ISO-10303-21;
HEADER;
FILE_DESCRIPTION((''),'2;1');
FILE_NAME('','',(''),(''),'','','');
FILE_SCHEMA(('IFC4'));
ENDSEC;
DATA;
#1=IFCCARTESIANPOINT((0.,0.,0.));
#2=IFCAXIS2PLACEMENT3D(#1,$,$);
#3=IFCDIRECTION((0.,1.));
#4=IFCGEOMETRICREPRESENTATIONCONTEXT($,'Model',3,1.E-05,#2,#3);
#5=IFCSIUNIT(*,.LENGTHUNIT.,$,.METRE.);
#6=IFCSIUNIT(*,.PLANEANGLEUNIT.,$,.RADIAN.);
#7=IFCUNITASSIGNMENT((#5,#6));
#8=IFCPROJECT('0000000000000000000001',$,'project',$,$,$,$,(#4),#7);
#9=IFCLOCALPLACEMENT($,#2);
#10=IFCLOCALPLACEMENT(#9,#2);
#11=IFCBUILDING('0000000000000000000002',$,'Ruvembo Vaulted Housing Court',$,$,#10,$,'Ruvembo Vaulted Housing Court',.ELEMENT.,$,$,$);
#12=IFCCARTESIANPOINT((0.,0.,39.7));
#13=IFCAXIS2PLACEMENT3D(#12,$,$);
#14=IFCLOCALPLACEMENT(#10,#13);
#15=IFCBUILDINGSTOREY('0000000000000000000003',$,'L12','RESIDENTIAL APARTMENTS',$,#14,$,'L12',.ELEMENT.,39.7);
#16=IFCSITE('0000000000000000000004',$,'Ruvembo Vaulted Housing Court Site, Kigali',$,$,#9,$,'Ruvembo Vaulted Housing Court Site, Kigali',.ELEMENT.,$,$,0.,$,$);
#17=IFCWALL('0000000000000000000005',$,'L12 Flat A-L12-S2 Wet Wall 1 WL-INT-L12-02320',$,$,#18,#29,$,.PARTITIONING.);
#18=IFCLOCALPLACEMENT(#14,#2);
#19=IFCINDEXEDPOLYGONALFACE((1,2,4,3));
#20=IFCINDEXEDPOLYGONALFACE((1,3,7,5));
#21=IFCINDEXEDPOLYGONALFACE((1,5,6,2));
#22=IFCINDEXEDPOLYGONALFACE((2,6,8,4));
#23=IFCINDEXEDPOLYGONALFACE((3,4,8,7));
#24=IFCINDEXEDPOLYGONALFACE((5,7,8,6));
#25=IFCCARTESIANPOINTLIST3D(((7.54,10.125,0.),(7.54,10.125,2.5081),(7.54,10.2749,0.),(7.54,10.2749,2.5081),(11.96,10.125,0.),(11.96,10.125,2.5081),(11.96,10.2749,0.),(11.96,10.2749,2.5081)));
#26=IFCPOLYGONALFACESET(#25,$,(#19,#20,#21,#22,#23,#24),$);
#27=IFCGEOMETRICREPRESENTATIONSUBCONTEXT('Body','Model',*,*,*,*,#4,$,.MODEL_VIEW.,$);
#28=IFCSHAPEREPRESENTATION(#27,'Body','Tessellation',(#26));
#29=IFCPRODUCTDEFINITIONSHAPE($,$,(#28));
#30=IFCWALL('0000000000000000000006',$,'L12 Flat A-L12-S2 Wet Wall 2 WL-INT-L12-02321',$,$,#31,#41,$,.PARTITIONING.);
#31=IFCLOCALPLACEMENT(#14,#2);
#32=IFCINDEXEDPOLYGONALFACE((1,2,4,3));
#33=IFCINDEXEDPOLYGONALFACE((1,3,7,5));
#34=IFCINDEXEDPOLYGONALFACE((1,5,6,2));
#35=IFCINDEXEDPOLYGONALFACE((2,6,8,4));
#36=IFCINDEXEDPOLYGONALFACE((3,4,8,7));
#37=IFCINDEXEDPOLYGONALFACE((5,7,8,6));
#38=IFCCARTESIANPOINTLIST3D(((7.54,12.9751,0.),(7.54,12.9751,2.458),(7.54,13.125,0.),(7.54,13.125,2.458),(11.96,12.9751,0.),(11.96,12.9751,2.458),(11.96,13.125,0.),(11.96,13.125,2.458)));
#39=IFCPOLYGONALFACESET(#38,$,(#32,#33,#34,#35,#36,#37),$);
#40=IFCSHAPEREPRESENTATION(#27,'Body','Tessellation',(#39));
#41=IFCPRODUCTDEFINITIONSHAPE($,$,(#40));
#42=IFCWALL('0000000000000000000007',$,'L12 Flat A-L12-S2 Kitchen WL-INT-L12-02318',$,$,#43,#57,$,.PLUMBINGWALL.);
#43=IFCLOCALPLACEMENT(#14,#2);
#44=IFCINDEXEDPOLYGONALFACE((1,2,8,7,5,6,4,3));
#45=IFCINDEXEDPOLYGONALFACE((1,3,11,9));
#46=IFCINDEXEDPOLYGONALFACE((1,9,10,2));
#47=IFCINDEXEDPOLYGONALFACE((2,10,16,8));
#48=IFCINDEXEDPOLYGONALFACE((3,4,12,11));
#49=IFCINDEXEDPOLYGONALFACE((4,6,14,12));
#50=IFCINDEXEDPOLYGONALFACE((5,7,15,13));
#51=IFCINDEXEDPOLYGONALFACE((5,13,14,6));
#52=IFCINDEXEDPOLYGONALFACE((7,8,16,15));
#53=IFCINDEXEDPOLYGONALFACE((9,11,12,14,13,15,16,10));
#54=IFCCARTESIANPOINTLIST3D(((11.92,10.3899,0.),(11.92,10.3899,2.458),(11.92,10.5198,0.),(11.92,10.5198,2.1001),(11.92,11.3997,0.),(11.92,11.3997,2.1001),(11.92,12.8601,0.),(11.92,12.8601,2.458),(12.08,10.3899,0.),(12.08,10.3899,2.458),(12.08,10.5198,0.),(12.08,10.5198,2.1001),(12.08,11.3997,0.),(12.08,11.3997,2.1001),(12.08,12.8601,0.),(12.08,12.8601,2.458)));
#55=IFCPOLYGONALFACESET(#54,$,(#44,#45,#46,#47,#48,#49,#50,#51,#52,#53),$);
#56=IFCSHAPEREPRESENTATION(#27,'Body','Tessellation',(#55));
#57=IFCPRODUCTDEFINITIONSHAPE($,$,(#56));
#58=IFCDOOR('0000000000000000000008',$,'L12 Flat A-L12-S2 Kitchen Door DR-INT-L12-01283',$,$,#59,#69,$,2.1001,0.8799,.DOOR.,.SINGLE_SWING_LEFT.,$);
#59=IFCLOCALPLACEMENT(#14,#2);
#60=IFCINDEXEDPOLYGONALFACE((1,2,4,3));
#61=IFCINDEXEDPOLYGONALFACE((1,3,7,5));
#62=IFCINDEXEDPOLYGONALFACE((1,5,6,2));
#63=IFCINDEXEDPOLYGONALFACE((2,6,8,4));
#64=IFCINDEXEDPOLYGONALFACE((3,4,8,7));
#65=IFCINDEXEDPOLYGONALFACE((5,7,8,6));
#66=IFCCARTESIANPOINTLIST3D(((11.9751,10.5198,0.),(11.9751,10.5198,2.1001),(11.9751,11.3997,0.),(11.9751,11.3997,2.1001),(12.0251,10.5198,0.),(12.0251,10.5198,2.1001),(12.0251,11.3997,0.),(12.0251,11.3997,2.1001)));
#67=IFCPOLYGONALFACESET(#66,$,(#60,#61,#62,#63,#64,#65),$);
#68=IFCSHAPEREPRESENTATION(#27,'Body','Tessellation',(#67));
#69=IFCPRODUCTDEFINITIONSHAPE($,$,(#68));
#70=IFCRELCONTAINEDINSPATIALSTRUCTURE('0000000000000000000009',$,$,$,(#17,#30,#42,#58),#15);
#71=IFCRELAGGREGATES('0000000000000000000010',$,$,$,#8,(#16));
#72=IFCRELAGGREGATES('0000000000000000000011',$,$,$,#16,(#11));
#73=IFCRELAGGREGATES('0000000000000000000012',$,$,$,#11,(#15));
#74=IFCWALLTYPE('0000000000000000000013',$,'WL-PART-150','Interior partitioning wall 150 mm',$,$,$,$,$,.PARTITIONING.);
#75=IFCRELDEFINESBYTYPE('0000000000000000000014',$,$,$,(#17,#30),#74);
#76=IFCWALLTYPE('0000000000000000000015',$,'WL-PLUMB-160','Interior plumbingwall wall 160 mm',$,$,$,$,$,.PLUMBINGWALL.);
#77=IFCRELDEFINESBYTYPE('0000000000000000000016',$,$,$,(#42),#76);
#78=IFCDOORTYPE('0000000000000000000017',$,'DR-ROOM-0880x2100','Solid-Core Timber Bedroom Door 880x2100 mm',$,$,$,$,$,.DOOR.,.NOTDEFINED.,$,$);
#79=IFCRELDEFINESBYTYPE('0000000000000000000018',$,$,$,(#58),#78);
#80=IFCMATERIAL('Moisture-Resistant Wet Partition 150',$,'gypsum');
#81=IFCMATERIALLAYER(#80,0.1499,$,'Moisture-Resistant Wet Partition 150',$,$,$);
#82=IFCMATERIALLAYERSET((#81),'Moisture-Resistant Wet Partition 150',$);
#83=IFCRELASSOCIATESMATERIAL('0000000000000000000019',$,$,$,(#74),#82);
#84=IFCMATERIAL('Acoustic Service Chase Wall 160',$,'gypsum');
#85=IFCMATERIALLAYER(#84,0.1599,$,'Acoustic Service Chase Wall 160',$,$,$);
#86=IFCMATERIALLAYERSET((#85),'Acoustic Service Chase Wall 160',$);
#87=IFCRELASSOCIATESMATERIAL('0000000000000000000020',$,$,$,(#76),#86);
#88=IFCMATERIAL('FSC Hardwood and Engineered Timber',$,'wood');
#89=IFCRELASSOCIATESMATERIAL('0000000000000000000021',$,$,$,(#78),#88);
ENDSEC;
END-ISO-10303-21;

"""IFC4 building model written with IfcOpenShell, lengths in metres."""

from ifc_helpers import new_model, si_unit, direction, frame, frame_2d, origin, place, context, subcontext, project, spatial, rectangle, extrude, material, layer, layer_set, type_object, element, fill, save


model = new_model("IFC4")

# Units and contexts
model_context = context("Model", 3, precision=1e-05, world=origin(), true_north=direction((0.0, 1.0)))
body_context = subcontext(model_context, "Body", "Model", "MODEL_VIEW")
ifc_project = project(units=[si_unit("LENGTHUNIT", "METRE"), si_unit("PLANEANGLEUNIT", "RADIAN")], contexts=[model_context])

# Site, building, storey
site_placement = place(None, origin())
site = spatial("IfcSite", under=ifc_project, at=site_placement, Name="Ruvembo Vaulted Housing Court Site, Kigali", LongName="Ruvembo Vaulted Housing Court Site, Kigali", CompositionType="ELEMENT", RefElevation=0.0)
building_placement = place(site_placement, origin())
building = spatial("IfcBuilding", under=site, at=building_placement, Name="Ruvembo Vaulted Housing Court", LongName="Ruvembo Vaulted Housing Court", CompositionType="ELEMENT")
storey_placement = place(building_placement, frame((0.0, 0.0, 39.7)))
storey = spatial("IfcBuildingStorey", under=building, at=storey_placement, Name="L12", Description="RESIDENTIAL APARTMENTS", LongName="L12", CompositionType="ELEMENT", Elevation=39.7)

# Shared definitions
ifc_material_1 = material(Name="FSC Hardwood and Engineered Timber", Category="wood")

# Shared definitions
ifc_material_2 = material(Name="Moisture-Resistant Wet Partition 150", Category="gypsum")
ifc_layer_1 = layer(ifc_material_2, 0.1499, Name="Moisture-Resistant Wet Partition 150")
ifc_layer_set_1 = layer_set([ifc_layer_1], Name="Moisture-Resistant Wet Partition 150")
wall_type_1 = type_object("IfcWallType", Name="WL-PART-150", Description="Interior partitioning wall 150 mm", PredefinedType="PARTITIONING", material=ifc_layer_set_1)

# Walls
wall_1_placement = place(storey_placement, frame((7.54, 10.2, 0.0), z_axis=(0.0, 0.0, 1.0), x_axis=(1.0, 0.0, 0.0)))
element("IfcWall", 1, at=wall_1_placement, inside=storey, type_object=wall_type_1, Name="L12 Flat A-L12-S2 Wet Wall 1 WL-INT-L12-02320", PredefinedType="PARTITIONING", context=body_context, shape_type="SweptSolid", body=[
    extrude(rectangle(XDim=4.4199, YDim=0.1499, at=frame_2d((2.21, 0.0))), origin(), (0.0, 0.0, 1.0), 2.5081),
])
wall_2_placement = place(storey_placement, frame((7.54, 13.05, 0.0), z_axis=(0.0, 0.0, 1.0), x_axis=(1.0, 0.0, 0.0)))
element("IfcWall", 2, at=wall_2_placement, inside=storey, type_object=wall_type_1, Name="L12 Flat A-L12-S2 Wet Wall 2 WL-INT-L12-02321", PredefinedType="PARTITIONING", context=body_context, shape_type="SweptSolid", body=[
    extrude(rectangle(XDim=4.4199, YDim=0.1499, at=frame_2d((2.21, 0.0))), origin(), (0.0, 0.0, 1.0), 2.458),
])

# Wall, opening, door
ifc_material_3 = material(Name="Acoustic Service Chase Wall 160", Category="gypsum")
ifc_layer_2 = layer(ifc_material_3, 0.1599, Name="Acoustic Service Chase Wall 160")
ifc_layer_set_2 = layer_set([ifc_layer_2], Name="Acoustic Service Chase Wall 160")
wall_type_2 = type_object("IfcWallType", Name="WL-PLUMB-160", Description="Interior plumbingwall wall 160 mm", PredefinedType="PLUMBINGWALL", material=ifc_layer_set_2)
wall_3_placement = place(storey_placement, frame((12.0, 10.3899, 0.0), z_axis=(0.0, 0.0, 1.0), x_axis=(0.0, 1.0, 0.0)))
wall_3 = element("IfcWall", 3, at=wall_3_placement, inside=storey, type_object=wall_type_2, Name="L12 Flat A-L12-S2 Kitchen WL-INT-L12-02318", PredefinedType="PLUMBINGWALL", context=body_context, shape_type="SweptSolid", body=[
    extrude(rectangle(XDim=2.4702, YDim=0.1599, at=frame_2d((1.2351, 0.0))), origin(), (0.0, 0.0, 1.0), 2.458),
])
opening_1_placement = place(wall_3_placement, frame((0.1299, 0.0, 0.0)))
opening_1 = element("IfcOpeningElement", 4, at=opening_1_placement, cuts=wall_3, PredefinedType="OPENING", context=body_context, shape_type="SweptSolid", body=[
    extrude(rectangle(XDim=0.8799, YDim=2.1001, at=frame_2d((0.4399, 1.05))), frame((0.0, 0.0898, 0.0), z_axis=(0.0, -1.0, 0.0), x_axis=(1.0, 0.0, 0.0)), (0.0, 0.0, 1.0), 0.1799),
])
door_type_1 = type_object("IfcDoorType", Name="DR-ROOM-0880x2100", Description="Solid-Core Timber Bedroom Door 880x2100 mm", OperationType="NOTDEFINED", PredefinedType="DOOR", material=ifc_material_1)
door_1_placement = place(opening_1_placement, origin())
door_1 = element("IfcDoor", 5, at=door_1_placement, inside=storey, type_object=door_type_1, Name="L12 Flat A-L12-S2 Kitchen Door DR-INT-L12-01283", OperationType="SINGLE_SWING_LEFT", OverallHeight=2.1001, OverallWidth=0.8799, PredefinedType="DOOR", context=body_context, shape_type="SweptSolid", body=[
    extrude(rectangle(XDim=0.8799, YDim=2.1001, at=frame_2d((0.4399, 1.05))), frame((0.0, 0.0249, 0.0), z_axis=(0.0, -1.0, 0.0), x_axis=(1.0, 0.0, 0.0)), (0.0, 0.0, 1.0), 0.05),
])
fill(opening_1, door_1)

save(model, "model.ifc")
